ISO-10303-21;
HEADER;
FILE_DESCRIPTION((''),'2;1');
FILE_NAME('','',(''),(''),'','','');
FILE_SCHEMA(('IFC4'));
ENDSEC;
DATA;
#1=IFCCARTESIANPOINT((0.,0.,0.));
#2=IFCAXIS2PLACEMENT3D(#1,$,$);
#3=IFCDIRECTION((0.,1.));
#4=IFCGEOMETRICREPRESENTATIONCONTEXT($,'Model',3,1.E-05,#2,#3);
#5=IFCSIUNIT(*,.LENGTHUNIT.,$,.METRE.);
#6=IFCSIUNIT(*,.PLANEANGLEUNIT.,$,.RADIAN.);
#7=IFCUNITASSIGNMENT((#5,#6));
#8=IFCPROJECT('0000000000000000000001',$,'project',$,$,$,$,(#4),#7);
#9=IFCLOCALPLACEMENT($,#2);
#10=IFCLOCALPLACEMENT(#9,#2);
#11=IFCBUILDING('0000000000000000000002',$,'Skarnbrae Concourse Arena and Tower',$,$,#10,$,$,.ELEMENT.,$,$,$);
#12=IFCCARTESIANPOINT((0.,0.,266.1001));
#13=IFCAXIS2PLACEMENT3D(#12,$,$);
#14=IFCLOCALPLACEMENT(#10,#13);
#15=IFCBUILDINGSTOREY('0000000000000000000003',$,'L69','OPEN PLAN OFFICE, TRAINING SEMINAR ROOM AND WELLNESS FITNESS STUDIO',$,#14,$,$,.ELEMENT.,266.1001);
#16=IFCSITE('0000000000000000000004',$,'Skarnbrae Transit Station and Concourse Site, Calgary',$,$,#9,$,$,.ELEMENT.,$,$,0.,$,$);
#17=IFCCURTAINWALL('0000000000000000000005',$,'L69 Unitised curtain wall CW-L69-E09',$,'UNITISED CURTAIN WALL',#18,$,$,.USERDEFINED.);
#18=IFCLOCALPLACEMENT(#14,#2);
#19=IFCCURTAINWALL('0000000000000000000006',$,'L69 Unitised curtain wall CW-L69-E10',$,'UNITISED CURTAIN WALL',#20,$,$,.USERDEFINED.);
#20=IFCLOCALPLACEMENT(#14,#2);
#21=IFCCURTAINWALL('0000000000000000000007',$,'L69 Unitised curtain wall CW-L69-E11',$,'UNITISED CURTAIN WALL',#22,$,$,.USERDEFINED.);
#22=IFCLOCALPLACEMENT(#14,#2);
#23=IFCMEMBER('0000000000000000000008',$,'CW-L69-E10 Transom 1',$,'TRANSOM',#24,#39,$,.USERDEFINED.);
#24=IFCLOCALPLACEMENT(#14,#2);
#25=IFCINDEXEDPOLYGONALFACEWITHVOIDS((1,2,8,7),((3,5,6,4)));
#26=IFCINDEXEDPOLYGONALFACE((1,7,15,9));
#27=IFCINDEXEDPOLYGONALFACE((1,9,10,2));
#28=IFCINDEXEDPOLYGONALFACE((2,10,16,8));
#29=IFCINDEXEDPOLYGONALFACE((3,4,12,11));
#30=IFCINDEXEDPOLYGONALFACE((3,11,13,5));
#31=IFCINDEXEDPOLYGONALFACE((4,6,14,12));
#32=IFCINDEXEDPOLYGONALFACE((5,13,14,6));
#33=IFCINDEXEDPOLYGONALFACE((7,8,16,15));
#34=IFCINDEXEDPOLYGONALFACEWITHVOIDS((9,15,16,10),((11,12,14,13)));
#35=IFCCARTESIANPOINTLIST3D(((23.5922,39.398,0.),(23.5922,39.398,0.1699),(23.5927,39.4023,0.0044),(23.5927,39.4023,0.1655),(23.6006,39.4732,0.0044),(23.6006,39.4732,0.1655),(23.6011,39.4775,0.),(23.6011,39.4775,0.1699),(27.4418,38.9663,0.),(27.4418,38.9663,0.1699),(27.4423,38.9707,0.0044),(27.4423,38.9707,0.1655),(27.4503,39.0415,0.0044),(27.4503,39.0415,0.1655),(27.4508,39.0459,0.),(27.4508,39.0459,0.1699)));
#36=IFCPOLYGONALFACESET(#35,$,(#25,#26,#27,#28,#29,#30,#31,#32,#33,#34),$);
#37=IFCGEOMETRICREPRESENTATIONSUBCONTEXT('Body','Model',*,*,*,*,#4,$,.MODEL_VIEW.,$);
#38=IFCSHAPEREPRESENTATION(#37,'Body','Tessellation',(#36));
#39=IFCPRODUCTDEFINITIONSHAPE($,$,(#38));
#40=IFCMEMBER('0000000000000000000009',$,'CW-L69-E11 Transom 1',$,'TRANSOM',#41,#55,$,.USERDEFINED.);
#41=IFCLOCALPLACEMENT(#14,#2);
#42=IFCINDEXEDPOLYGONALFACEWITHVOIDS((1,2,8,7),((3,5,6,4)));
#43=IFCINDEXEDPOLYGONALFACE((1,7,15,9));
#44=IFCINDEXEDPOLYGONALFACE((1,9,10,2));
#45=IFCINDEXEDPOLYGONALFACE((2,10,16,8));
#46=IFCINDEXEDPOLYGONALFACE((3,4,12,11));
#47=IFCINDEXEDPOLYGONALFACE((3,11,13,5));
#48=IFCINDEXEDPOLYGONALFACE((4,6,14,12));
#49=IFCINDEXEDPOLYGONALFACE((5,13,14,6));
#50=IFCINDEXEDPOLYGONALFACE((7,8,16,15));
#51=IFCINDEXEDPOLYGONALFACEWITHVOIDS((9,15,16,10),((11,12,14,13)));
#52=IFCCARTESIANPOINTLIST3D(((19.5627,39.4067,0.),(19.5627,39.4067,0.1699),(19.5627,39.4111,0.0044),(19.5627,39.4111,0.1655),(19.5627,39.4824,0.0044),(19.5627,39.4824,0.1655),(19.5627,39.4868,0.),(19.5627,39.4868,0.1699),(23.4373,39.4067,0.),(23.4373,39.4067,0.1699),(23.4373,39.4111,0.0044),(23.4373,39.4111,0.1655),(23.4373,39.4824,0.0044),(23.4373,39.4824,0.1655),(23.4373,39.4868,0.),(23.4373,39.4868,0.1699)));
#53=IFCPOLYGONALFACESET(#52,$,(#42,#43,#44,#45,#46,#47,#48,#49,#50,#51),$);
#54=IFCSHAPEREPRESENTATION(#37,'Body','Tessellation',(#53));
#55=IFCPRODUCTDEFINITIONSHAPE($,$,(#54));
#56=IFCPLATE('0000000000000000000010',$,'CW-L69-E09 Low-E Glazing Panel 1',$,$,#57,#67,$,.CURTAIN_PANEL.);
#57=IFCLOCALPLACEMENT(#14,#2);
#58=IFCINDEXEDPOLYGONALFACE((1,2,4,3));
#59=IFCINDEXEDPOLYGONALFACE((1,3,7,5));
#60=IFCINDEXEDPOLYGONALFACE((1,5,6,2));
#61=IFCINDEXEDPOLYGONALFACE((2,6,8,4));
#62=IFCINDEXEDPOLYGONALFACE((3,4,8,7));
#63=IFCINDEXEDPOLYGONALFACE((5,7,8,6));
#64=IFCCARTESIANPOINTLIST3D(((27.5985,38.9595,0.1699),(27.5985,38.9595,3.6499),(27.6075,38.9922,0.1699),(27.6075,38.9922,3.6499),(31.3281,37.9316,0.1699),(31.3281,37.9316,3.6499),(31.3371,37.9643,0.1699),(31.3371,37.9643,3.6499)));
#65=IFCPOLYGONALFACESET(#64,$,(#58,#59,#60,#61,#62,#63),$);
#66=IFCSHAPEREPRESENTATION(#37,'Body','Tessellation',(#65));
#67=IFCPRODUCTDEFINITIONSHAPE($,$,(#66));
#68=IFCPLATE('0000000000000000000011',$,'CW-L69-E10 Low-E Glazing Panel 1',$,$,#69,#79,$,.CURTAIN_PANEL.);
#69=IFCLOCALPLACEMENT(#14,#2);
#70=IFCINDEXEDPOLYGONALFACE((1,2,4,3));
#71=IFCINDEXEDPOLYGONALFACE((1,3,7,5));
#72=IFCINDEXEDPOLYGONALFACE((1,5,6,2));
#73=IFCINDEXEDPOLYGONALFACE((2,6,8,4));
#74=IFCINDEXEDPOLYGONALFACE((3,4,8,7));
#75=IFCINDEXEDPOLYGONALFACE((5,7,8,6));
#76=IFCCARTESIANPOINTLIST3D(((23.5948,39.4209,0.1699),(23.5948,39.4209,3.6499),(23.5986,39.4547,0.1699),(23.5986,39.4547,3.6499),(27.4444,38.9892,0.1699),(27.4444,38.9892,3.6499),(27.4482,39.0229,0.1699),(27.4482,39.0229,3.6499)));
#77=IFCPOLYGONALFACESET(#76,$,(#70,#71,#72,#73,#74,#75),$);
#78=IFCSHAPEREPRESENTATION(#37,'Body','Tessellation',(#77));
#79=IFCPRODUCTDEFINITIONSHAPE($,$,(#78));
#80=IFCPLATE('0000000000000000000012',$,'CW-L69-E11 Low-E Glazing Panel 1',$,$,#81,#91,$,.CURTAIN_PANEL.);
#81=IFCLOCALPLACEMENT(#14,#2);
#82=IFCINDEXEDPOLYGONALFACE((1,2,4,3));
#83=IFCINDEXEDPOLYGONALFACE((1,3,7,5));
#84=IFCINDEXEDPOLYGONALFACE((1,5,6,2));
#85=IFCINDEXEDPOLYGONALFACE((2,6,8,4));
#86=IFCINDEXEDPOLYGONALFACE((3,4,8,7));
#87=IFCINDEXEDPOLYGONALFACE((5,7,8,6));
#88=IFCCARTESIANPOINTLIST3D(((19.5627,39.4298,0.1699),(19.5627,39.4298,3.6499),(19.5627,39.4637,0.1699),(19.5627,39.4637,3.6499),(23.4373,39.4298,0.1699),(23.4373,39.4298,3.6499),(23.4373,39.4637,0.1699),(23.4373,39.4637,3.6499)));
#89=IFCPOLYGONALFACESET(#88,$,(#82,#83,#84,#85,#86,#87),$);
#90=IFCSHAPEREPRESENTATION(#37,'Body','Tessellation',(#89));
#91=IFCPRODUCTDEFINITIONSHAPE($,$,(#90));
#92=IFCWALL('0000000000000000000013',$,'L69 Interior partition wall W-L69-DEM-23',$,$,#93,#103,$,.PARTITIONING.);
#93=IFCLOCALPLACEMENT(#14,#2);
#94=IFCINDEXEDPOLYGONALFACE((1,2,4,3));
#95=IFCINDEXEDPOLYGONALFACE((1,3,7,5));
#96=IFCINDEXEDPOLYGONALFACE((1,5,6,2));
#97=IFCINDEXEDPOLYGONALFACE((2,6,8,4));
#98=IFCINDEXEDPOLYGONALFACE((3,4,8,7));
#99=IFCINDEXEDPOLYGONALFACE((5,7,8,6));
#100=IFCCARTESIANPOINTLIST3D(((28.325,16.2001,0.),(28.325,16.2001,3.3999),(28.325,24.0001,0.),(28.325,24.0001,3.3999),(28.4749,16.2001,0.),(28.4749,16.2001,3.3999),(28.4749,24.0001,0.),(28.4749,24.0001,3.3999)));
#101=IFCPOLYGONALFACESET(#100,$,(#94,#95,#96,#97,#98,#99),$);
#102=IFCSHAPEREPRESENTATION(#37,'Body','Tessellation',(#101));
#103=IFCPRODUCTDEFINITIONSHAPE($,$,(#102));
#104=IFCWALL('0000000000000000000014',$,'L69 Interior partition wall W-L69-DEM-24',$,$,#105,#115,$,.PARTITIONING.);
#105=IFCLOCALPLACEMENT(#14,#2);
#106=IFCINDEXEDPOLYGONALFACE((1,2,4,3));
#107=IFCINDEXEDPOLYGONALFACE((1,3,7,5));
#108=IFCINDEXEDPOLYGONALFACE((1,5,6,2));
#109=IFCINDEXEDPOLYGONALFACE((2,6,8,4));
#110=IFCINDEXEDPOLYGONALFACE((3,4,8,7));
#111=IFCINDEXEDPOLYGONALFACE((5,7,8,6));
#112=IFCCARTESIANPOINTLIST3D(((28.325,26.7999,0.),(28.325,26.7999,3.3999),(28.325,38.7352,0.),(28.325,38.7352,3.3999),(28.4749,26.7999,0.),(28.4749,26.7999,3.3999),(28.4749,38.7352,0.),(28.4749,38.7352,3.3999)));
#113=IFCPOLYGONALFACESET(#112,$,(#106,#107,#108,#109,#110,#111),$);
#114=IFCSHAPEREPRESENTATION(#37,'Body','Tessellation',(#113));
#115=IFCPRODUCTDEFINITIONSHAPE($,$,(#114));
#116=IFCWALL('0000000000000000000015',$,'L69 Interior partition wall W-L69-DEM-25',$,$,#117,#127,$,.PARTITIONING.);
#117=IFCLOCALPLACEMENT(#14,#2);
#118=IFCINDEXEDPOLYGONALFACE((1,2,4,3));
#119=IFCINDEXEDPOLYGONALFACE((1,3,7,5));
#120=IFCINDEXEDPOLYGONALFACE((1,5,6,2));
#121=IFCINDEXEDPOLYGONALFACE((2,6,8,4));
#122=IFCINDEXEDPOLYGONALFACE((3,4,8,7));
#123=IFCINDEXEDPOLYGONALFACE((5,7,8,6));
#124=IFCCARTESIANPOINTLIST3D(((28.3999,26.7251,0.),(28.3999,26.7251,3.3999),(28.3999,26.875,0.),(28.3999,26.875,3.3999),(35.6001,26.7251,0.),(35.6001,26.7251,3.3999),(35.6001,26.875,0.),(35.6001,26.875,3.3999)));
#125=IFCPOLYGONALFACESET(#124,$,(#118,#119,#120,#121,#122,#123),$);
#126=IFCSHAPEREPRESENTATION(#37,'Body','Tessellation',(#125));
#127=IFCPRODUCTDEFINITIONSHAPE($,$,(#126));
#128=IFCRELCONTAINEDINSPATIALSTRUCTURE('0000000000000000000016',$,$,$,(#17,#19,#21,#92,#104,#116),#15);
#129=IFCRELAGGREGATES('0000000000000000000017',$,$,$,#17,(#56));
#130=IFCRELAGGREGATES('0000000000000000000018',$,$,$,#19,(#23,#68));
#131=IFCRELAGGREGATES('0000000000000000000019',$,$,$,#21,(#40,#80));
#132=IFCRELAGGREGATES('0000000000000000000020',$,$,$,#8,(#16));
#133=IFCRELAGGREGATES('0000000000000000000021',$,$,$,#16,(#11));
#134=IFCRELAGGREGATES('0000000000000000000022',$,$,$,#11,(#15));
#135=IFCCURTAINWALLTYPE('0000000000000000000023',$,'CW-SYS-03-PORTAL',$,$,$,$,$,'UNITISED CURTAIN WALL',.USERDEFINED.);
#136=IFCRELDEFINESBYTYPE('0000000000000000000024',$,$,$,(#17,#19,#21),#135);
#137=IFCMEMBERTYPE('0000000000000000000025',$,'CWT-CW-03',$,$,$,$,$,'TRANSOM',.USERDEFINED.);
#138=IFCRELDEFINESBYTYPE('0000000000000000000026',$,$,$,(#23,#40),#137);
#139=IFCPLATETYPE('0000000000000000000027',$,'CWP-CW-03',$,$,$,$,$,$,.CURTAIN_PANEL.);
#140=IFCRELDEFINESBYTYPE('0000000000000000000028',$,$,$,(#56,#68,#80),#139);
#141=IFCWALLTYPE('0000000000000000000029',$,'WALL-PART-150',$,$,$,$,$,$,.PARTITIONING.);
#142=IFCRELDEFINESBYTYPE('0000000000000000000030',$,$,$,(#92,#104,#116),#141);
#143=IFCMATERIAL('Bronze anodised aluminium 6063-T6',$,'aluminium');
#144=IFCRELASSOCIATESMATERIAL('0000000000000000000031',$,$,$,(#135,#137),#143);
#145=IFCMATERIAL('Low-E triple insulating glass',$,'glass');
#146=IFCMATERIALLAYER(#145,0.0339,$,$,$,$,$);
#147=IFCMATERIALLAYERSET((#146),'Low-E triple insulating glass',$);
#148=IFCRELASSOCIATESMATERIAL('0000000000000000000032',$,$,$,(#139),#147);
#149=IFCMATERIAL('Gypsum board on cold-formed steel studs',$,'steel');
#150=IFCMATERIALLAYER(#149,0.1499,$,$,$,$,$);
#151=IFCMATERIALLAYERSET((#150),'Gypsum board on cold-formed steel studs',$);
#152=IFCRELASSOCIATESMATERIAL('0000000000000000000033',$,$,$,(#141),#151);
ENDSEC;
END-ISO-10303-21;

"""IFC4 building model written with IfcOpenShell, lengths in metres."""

from ifc_helpers import new_model, si_unit, direction, frame, frame_2d, origin, origin_2d, place, context, subcontext, project, spatial, rectangle, hollow_rectangle, extrude, source, transform, mapped, material, layer, layer_set, material_profile, profile_set, type_object, element, aggregate, save


model = new_model("IFC4")

# Units and contexts
model_context = context("Model", 3, precision=1e-05, world=origin(), true_north=direction((0.0, 1.0)))
body_context = subcontext(model_context, "Body", "Model", "MODEL_VIEW")
ifc_project = project(units=[si_unit("LENGTHUNIT", "METRE"), si_unit("PLANEANGLEUNIT", "RADIAN")], contexts=[model_context])

# Site, building, storey
site_placement = place(None, origin())
site = spatial("IfcSite", under=ifc_project, at=site_placement, Name="Skarnbrae Transit Station and Concourse Site, Calgary", CompositionType="ELEMENT", RefElevation=0.0)
building_placement = place(site_placement, origin())
building = spatial("IfcBuilding", under=site, at=building_placement, Name="Skarnbrae Concourse Arena and Tower", CompositionType="ELEMENT")
storey_placement = place(building_placement, frame((0.0, 0.0, 266.1001)))
storey = spatial("IfcBuildingStorey", under=building, at=storey_placement, Name="L69", Description="OPEN PLAN OFFICE, TRAINING SEMINAR ROOM AND WELLNESS FITNESS STUDIO", CompositionType="ELEMENT", Elevation=266.1001)

# Curtain walls
ifc_material_1 = material(Name="Bronze anodised aluminium 6063-T6", Category="aluminium")
curtain_wall_type_1 = type_object("IfcCurtainWallType", Name="CW-SYS-03-PORTAL", ElementType="UNITISED CURTAIN WALL", PredefinedType="USERDEFINED", material=ifc_material_1)
curtain_wall_1_placement = place(storey_placement, origin())
curtain_wall_1 = element("IfcCurtainWall", 1, at=curtain_wall_1_placement, inside=storey, type_object=curtain_wall_type_1, Name="L69 Unitised curtain wall CW-L69-E09", ObjectType="UNITISED CURTAIN WALL", PredefinedType="USERDEFINED")
curtain_wall_2_placement = place(storey_placement, origin())
curtain_wall_2 = element("IfcCurtainWall", 2, at=curtain_wall_2_placement, inside=storey, type_object=curtain_wall_type_1, Name="L69 Unitised curtain wall CW-L69-E10", ObjectType="UNITISED CURTAIN WALL", PredefinedType="USERDEFINED")

# Curtain wall
curtain_wall_3_placement = place(storey_placement, origin())
curtain_wall_3 = element("IfcCurtainWall", 3, at=curtain_wall_3_placement, inside=storey, type_object=curtain_wall_type_1, Name="L69 Unitised curtain wall CW-L69-E11", ObjectType="UNITISED CURTAIN WALL", PredefinedType="USERDEFINED")

# Members
ifc_material_profile_1 = material_profile(ifc_material_1, hollow_rectangle(XDim=0.0801, YDim=0.1699, WallThickness=0.0044, at=origin_2d()), Name="ALU-TRAN-80X170")
ifc_profile_set_1 = profile_set([ifc_material_profile_1], Name="Bronze anodised aluminium 6063-T6")
member_type_1 = type_object("IfcMemberType", Name="CWT-CW-03", ElementType="TRANSOM", PredefinedType="USERDEFINED", material=ifc_profile_set_1)
shared_shape_1 = source(origin(), body_context, "Body", "SweptSolid", [
    extrude(hollow_rectangle(XDim=0.0801, YDim=0.1699, WallThickness=0.0044, at=origin_2d()), origin(), (0.0, 0.0, 1.0), 3.8738),
])
member_1_placement = place(storey_placement, frame((27.4463, 39.0061, 0.085), z_axis=(-0.993773, 0.111428, 0.0), x_axis=(-0.111428, -0.993773, 0.0)))
member_1 = element("IfcMember", 4, at=member_1_placement, type_object=member_type_1, Name="CW-L69-E10 Transom 1", ObjectType="TRANSOM", PredefinedType="USERDEFINED", context=body_context, shape_type="MappedRepresentation", body=[
    mapped(shared_shape_1, transform((0.0, 0.0, 0.0))),
])
shared_shape_2 = source(origin(), body_context, "Body", "SweptSolid", [
    extrude(hollow_rectangle(XDim=0.0801, YDim=0.1699, WallThickness=0.0044, at=origin_2d()), origin(), (0.0, 0.0, 1.0), 3.8745),
])
member_2_placement = place(storey_placement, frame((23.4373, 39.4468, 0.085), z_axis=(-1.0, 0.0, 0.0), x_axis=(0.0, -1.0, 0.0)))
member_2 = element("IfcMember", 5, at=member_2_placement, type_object=member_type_1, Name="CW-L69-E11 Transom 1", ObjectType="TRANSOM", PredefinedType="USERDEFINED", context=body_context, shape_type="MappedRepresentation", body=[
    mapped(shared_shape_2, transform((0.0, 0.0, 0.0))),
])

# Plates
ifc_material_2 = material(Name="Low-E triple insulating glass", Category="glass")
ifc_layer_1 = layer(ifc_material_2, 0.0339)
ifc_layer_set_1 = layer_set([ifc_layer_1], Name="Low-E triple insulating glass")
plate_type = type_object("IfcPlateType", Name="CWP-CW-03", PredefinedType="CURTAIN_PANEL", material=ifc_layer_set_1)
shared_shape_3 = source(origin(), body_context, "Body", "SweptSolid", [
    extrude(rectangle(XDim=3.8687, YDim=0.0339, at=origin_2d()), origin(), (0.0, 0.0, 1.0), 3.48),
])
plate_1_placement = place(storey_placement, frame((29.4678, 38.4619, 0.1699), z_axis=(0.0, 0.0, 1.0), x_axis=(-0.964057, 0.265694, 0.0)))
plate_1 = element("IfcPlate", 6, at=plate_1_placement, type_object=plate_type, Name="CW-L69-E09 Low-E Glazing Panel 1", PredefinedType="CURTAIN_PANEL", context=body_context, shape_type="MappedRepresentation", body=[
    mapped(shared_shape_3, transform((0.0, 0.0, 0.0))),
])
aggregate(curtain_wall_1, [plate_1])
shared_shape_4 = source(origin(), body_context, "Body", "SweptSolid", [
    extrude(rectangle(XDim=3.8738, YDim=0.0339, at=origin_2d()), origin(), (0.0, 0.0, 1.0), 3.48),
])
plate_2_placement = place(storey_placement, frame((25.5215, 39.2219, 0.1699), z_axis=(0.0, 0.0, 1.0), x_axis=(-0.993769, 0.11146, 0.0)))
plate_2 = element("IfcPlate", 7, at=plate_2_placement, type_object=plate_type, Name="CW-L69-E10 Low-E Glazing Panel 1", PredefinedType="CURTAIN_PANEL", context=body_context, shape_type="MappedRepresentation", body=[
    mapped(shared_shape_4, transform((0.0, 0.0, 0.0))),
])
aggregate(curtain_wall_2, [member_1, plate_2])
shared_shape_5 = source(origin(), body_context, "Body", "SweptSolid", [
    extrude(rectangle(XDim=3.8745, YDim=0.0339, at=origin_2d()), origin(), (0.0, 0.0, 1.0), 3.48),
])
plate_3_placement = place(storey_placement, frame((21.5, 39.4468, 0.1699), z_axis=(0.0, 0.0, 1.0), x_axis=(-1.0, 0.0, 0.0)))
plate_3 = element("IfcPlate", 8, at=plate_3_placement, type_object=plate_type, Name="CW-L69-E11 Low-E Glazing Panel 1", PredefinedType="CURTAIN_PANEL", context=body_context, shape_type="MappedRepresentation", body=[
    mapped(shared_shape_5, transform((0.0, 0.0, 0.0))),
])
aggregate(curtain_wall_3, [member_2, plate_3])

# Walls
ifc_material_3 = material(Name="Gypsum board on cold-formed steel studs", Category="steel")
ifc_layer_2 = layer(ifc_material_3, 0.1499)
ifc_layer_set_2 = layer_set([ifc_layer_2], Name="Gypsum board on cold-formed steel studs")
wall_type = type_object("IfcWallType", Name="WALL-PART-150", PredefinedType="PARTITIONING", material=ifc_layer_set_2)
shared_shape_6 = source(origin(), body_context, "Body", "SweptSolid", [
    extrude(rectangle(XDim=7.8, YDim=0.1499, at=frame_2d((3.8999, 0.0))), origin(), (0.0, 0.0, 1.0), 3.3999),
])
wall_1_placement = place(storey_placement, frame((28.3999, 24.0, 0.0), z_axis=(0.0, 0.0, 1.0), x_axis=(0.0, -1.0, 0.0)))
element("IfcWall", 9, at=wall_1_placement, inside=storey, type_object=wall_type, Name="L69 Interior partition wall W-L69-DEM-23", PredefinedType="PARTITIONING", context=body_context, shape_type="MappedRepresentation", body=[
    mapped(shared_shape_6, transform((0.0, 0.0, 0.0))),
])
shared_shape_7 = source(origin(), body_context, "Body", "SweptSolid", [
    extrude(rectangle(XDim=11.9353, YDim=0.1499, at=frame_2d((5.9678, 0.0))), origin(), (0.0, 0.0, 1.0), 3.3999),
])
wall_2_placement = place(storey_placement, frame((28.3999, 38.7354, 0.0), z_axis=(0.0, 0.0, 1.0), x_axis=(0.0, -1.0, 0.0)))
element("IfcWall", 10, at=wall_2_placement, inside=storey, type_object=wall_type, Name="L69 Interior partition wall W-L69-DEM-24", PredefinedType="PARTITIONING", context=body_context, shape_type="MappedRepresentation", body=[
    mapped(shared_shape_7, transform((0.0, 0.0, 0.0))),
])
shared_shape_8 = source(origin(), body_context, "Body", "SweptSolid", [
    extrude(rectangle(XDim=7.2002, YDim=0.1499, at=frame_2d((3.6001, 0.0))), origin(), (0.0, 0.0, 1.0), 3.3999),
])
wall_3_placement = place(storey_placement, frame((28.3999, 26.8, 0.0), z_axis=(0.0, 0.0, 1.0), x_axis=(1.0, 0.0, 0.0)))
element("IfcWall", 11, at=wall_3_placement, inside=storey, type_object=wall_type, Name="L69 Interior partition wall W-L69-DEM-25", PredefinedType="PARTITIONING", context=body_context, shape_type="MappedRepresentation", body=[
    mapped(shared_shape_8, transform((0.0, 0.0, 0.0))),
])

save(model, "model.ifc")
